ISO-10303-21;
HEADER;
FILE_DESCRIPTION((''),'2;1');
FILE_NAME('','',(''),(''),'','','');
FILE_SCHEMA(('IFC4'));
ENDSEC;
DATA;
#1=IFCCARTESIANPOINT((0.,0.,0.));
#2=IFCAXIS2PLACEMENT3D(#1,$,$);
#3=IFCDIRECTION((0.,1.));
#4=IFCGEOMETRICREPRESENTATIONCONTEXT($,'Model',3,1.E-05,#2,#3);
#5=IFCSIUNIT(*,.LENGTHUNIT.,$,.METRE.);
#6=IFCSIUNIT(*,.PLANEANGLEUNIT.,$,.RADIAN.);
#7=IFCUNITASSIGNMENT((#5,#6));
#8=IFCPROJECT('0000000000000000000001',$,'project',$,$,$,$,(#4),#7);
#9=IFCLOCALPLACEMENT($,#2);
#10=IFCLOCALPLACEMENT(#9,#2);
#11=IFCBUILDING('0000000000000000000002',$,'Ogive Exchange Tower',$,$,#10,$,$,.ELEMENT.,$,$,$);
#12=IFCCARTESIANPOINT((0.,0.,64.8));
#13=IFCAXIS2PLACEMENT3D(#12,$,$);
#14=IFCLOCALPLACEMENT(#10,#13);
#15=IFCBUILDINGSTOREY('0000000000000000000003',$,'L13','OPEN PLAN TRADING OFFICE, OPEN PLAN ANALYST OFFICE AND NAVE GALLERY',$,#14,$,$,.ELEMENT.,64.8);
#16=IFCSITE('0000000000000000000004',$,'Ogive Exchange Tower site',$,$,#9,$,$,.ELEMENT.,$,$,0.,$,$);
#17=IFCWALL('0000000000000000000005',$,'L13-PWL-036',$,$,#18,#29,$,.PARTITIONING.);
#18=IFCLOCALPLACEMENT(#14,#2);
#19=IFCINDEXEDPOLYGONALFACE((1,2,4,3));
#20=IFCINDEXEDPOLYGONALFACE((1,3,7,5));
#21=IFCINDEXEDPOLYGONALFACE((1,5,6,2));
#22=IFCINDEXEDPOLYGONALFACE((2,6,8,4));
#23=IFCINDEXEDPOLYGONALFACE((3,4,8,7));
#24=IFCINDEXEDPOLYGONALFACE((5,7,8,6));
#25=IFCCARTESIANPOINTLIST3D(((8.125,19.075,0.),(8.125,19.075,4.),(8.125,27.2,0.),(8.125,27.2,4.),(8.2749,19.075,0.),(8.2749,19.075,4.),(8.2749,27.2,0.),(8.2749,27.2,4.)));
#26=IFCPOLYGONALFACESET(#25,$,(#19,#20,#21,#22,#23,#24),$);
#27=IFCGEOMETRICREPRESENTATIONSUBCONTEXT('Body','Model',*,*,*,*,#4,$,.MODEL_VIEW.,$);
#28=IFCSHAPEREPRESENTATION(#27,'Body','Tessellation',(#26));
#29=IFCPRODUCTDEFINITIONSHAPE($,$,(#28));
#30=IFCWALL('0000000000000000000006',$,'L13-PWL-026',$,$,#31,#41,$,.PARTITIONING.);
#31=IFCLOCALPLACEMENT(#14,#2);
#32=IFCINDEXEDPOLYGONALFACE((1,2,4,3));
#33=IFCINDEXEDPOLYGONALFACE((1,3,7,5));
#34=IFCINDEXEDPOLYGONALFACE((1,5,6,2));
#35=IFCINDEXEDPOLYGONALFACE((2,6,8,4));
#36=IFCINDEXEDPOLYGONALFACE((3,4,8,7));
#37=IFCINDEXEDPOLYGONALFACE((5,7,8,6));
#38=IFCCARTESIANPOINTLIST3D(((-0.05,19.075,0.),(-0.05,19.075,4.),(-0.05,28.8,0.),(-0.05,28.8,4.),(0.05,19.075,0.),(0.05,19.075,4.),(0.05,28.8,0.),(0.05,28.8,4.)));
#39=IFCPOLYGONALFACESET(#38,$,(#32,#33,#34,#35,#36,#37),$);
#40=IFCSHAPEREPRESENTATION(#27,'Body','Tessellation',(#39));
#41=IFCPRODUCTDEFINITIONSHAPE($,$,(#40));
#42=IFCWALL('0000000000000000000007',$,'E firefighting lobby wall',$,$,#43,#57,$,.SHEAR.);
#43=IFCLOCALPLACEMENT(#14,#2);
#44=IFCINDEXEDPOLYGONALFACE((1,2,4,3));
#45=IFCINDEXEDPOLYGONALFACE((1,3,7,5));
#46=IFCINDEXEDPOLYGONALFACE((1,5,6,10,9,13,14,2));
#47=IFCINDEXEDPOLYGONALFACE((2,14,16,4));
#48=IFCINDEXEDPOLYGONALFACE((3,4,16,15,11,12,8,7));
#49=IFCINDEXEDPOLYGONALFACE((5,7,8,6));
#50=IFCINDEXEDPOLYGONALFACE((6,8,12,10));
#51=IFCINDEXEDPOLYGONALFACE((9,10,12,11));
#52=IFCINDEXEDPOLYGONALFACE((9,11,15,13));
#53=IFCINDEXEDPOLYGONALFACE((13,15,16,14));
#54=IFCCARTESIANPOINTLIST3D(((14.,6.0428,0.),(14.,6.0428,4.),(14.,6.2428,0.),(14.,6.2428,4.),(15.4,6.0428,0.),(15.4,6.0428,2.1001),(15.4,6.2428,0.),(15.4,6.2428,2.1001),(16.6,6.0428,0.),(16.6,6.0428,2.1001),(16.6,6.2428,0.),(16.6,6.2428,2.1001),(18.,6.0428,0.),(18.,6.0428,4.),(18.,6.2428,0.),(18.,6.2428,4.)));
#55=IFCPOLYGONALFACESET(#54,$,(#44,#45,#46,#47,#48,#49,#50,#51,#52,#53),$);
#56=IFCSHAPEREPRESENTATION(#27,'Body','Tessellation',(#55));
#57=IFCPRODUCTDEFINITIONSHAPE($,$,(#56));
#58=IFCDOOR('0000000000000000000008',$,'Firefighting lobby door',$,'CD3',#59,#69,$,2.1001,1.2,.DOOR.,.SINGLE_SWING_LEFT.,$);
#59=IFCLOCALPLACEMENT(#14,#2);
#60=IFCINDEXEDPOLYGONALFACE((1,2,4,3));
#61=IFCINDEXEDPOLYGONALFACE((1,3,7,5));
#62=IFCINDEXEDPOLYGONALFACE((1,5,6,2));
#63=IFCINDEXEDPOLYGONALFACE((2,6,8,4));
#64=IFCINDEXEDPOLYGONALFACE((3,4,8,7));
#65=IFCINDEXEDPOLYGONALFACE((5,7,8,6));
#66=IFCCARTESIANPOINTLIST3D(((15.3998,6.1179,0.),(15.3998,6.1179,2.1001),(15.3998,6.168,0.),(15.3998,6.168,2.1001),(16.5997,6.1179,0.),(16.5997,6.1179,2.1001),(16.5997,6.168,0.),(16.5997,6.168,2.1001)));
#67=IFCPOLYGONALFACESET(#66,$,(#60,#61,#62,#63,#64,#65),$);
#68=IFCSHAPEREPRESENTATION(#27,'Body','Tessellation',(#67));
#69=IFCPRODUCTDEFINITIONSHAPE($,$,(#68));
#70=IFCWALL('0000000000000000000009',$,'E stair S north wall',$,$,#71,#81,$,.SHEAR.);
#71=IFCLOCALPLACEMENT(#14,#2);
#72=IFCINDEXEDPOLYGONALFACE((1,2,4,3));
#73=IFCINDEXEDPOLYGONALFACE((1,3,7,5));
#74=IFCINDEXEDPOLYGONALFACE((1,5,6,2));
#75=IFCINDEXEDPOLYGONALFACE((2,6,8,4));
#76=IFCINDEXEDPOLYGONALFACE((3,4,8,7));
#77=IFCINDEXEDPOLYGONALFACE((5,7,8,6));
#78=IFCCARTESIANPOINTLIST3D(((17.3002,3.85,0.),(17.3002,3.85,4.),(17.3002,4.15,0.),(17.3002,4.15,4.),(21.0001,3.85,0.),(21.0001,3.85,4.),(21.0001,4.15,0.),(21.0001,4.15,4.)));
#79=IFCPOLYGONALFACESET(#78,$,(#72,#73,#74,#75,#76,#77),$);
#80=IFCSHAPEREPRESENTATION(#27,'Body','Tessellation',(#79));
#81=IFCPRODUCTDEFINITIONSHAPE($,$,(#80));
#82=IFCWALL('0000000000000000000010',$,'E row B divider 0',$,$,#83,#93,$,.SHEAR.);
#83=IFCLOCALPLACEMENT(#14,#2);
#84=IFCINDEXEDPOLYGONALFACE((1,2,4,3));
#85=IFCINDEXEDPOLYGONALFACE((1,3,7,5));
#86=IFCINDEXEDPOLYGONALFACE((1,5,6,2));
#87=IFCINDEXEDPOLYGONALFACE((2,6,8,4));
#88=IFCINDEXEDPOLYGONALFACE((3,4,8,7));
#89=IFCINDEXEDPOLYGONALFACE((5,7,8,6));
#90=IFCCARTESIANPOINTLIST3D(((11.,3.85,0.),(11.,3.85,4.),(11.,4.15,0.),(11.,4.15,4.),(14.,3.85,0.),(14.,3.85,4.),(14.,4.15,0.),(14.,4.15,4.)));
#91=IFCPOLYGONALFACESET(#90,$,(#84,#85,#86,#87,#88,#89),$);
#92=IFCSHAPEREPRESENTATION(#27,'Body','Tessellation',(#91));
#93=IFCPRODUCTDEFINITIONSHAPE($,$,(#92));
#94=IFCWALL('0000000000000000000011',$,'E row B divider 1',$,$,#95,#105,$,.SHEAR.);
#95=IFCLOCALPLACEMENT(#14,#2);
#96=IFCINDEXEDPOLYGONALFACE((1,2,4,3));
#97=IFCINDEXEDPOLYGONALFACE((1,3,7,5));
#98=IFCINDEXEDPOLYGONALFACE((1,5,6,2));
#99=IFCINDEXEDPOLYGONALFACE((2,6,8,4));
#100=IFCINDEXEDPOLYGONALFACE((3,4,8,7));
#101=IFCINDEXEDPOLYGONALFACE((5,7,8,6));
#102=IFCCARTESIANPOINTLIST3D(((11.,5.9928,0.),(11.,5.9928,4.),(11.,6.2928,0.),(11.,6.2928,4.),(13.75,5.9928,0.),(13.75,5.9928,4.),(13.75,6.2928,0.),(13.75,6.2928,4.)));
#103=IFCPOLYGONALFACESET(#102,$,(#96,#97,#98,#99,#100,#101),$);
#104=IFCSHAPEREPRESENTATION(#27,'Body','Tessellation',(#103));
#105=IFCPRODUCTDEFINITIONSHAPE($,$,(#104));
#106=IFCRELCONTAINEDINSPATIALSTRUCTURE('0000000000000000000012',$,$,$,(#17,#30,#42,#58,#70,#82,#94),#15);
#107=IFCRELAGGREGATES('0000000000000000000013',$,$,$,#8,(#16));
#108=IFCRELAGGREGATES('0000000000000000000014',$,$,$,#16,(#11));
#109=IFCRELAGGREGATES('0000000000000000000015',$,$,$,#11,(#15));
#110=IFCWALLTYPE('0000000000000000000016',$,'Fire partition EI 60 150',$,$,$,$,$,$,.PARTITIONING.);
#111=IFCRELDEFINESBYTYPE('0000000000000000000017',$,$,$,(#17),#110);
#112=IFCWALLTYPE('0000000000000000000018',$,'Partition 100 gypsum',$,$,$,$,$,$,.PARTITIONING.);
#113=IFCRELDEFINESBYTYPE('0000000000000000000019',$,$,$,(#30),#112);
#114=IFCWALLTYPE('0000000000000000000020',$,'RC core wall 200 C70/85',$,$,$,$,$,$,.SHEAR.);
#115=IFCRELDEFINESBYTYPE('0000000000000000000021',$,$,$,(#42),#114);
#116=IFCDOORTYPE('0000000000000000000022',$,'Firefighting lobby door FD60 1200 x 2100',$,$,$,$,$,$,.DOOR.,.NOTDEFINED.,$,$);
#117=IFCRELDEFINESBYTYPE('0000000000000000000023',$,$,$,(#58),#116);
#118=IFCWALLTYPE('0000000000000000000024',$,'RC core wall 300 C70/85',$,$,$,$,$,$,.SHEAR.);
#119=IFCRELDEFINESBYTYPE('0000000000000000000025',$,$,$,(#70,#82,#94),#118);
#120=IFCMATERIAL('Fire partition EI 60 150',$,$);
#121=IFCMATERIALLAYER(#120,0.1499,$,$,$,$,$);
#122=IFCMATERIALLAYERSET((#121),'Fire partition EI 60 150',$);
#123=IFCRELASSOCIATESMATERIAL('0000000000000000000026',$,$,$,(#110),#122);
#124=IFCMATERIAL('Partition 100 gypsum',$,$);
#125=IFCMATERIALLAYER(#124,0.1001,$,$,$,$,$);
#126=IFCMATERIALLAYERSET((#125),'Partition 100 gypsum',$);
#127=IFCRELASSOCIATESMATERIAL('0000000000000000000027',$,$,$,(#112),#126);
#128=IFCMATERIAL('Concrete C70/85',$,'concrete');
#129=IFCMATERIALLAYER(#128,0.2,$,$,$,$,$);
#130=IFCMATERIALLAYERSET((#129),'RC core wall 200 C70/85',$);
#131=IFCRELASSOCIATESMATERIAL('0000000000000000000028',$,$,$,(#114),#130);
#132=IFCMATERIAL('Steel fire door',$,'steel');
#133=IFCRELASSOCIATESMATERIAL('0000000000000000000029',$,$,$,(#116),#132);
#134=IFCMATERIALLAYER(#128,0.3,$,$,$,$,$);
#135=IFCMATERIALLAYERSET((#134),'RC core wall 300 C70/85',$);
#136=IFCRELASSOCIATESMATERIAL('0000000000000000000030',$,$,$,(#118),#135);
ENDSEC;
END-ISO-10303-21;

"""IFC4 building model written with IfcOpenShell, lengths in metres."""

from ifc_helpers import new_model, si_unit, direction, frame, frame_2d, origin, place, context, subcontext, project, spatial, rectangle, extrude, material, layer, layer_set, type_object, element, fill, save


model = new_model("IFC4")

# Units and contexts
model_context = context("Model", 3, precision=1e-05, world=origin(), true_north=direction((0.0, 1.0)))
body_context = subcontext(model_context, "Body", "Model", "MODEL_VIEW")
ifc_project = project(units=[si_unit("LENGTHUNIT", "METRE"), si_unit("PLANEANGLEUNIT", "RADIAN")], contexts=[model_context])

# Site, building, storey
site_placement = place(None, origin())
site = spatial("IfcSite", under=ifc_project, at=site_placement, Name="Ogive Exchange Tower site", CompositionType="ELEMENT", RefElevation=0.0)
building_placement = place(site_placement, origin())
building = spatial("IfcBuilding", under=site, at=building_placement, Name="Ogive Exchange Tower", CompositionType="ELEMENT")
storey_placement = place(building_placement, frame((0.0, 0.0, 64.8)))
storey = spatial("IfcBuildingStorey", under=building, at=storey_placement, Name="L13", Description="OPEN PLAN TRADING OFFICE, OPEN PLAN ANALYST OFFICE AND NAVE GALLERY", CompositionType="ELEMENT", Elevation=64.8)

# Shared definitions
ifc_material_1 = material(Name="Fire partition EI 60 150")
ifc_layer_1 = layer(ifc_material_1, 0.1499)
ifc_layer_set_1 = layer_set([ifc_layer_1], Name="Fire partition EI 60 150")
wall_type_1 = type_object("IfcWallType", Name="Fire partition EI 60 150", PredefinedType="PARTITIONING", material=ifc_layer_set_1)

# Walls
wall_1_placement = place(storey_placement, frame((8.2, 19.075, 0.0), z_axis=(0.0, 0.0, 1.0), x_axis=(0.0, 1.0, 0.0)))
element("IfcWall", 1, at=wall_1_placement, inside=storey, type_object=wall_type_1, Name="L13-PWL-036", PredefinedType="PARTITIONING", context=body_context, shape_type="SweptSolid", body=[
    extrude(rectangle(XDim=8.125, YDim=0.1499, at=frame_2d((4.0625, 0.0))), origin(), (0.0, 0.0, 1.0), 4.0),
])
ifc_material_2 = material(Name="Partition 100 gypsum")
ifc_layer_2 = layer(ifc_material_2, 0.1001)
ifc_layer_set_2 = layer_set([ifc_layer_2], Name="Partition 100 gypsum")
wall_type_2 = type_object("IfcWallType", Name="Partition 100 gypsum", PredefinedType="PARTITIONING", material=ifc_layer_set_2)
wall_2_placement = place(storey_placement, frame((0.0, 19.075, 0.0), z_axis=(0.0, 0.0, 1.0), x_axis=(0.0, 1.0, 0.0)))
element("IfcWall", 2, at=wall_2_placement, inside=storey, type_object=wall_type_2, Name="L13-PWL-026", PredefinedType="PARTITIONING", context=body_context, shape_type="SweptSolid", body=[
    extrude(rectangle(XDim=9.7251, YDim=0.1001, at=frame_2d((4.8625, 0.0))), origin(), (0.0, 0.0, 1.0), 4.0),
])

# Wall, opening, door
ifc_material_3 = material(Name="Concrete C70/85", Category="concrete")
ifc_layer_3 = layer(ifc_material_3, 0.2)
ifc_layer_set_3 = layer_set([ifc_layer_3], Name="RC core wall 200 C70/85")
wall_type_3 = type_object("IfcWallType", Name="RC core wall 200 C70/85", PredefinedType="SHEAR", material=ifc_layer_set_3)
wall_3_placement = place(storey_placement, frame((14.0, 6.1428, 0.0), z_axis=(0.0, 0.0, 1.0), x_axis=(1.0, 0.0, 0.0)))
wall_3 = element("IfcWall", 3, at=wall_3_placement, inside=storey, type_object=wall_type_3, Name="E firefighting lobby wall", PredefinedType="SHEAR", context=body_context, shape_type="SweptSolid", body=[
    extrude(rectangle(XDim=4.0, YDim=0.2, at=frame_2d((2.0, 0.0))), origin(), (0.0, 0.0, 1.0), 4.0),
])
opening_1_placement = place(wall_3_placement, frame((1.3999, 0.0, 0.0)))
opening_1 = element("IfcOpeningElement", 4, at=opening_1_placement, cuts=wall_3, PredefinedType="OPENING", context=body_context, shape_type="SweptSolid", body=[
    extrude(rectangle(XDim=1.2, YDim=2.1001, at=frame_2d((0.6001, 1.05))), frame((0.0, 0.1099, 0.0), z_axis=(0.0, -1.0, 0.0), x_axis=(1.0, 0.0, 0.0)), (0.0, 0.0, 1.0), 0.22),
])
ifc_material_4 = material(Name="Steel fire door", Category="steel")
door_type_1 = type_object("IfcDoorType", Name="Firefighting lobby door FD60 1200 x 2100", OperationType="NOTDEFINED", PredefinedType="DOOR", material=ifc_material_4)
door_1_placement = place(opening_1_placement, frame((1.2, 0.0, 0.0), z_axis=(0.0, 0.0, 1.0), x_axis=(-1.0, 0.0, 0.0)))
door_1 = element("IfcDoor", 5, at=door_1_placement, inside=storey, type_object=door_type_1, Name="Firefighting lobby door", ObjectType="CD3", OperationType="SINGLE_SWING_LEFT", OverallHeight=2.1001, OverallWidth=1.2, PredefinedType="DOOR", context=body_context, shape_type="SweptSolid", body=[
    extrude(rectangle(XDim=1.2, YDim=2.1001, at=frame_2d((0.6001, 1.05))), frame((0.0, 0.0249, 0.0), z_axis=(0.0, -1.0, 0.0), x_axis=(1.0, 0.0, 0.0)), (0.0, 0.0, 1.0), 0.05),
])
fill(opening_1, door_1)

# Walls
ifc_layer_4 = layer(ifc_material_3, 0.3)
ifc_layer_set_4 = layer_set([ifc_layer_4], Name="RC core wall 300 C70/85")
wall_type_4 = type_object("IfcWallType", Name="RC core wall 300 C70/85", PredefinedType="SHEAR", material=ifc_layer_set_4)
wall_4_placement = place(storey_placement, frame((17.3, 4.0, 0.0), z_axis=(0.0, 0.0, 1.0), x_axis=(1.0, 0.0, 0.0)))
element("IfcWall", 6, at=wall_4_placement, inside=storey, type_object=wall_type_4, Name="E stair S north wall", PredefinedType="SHEAR", context=body_context, shape_type="SweptSolid", body=[
    extrude(rectangle(XDim=3.7, YDim=0.3, at=frame_2d((1.8501, 0.0))), origin(), (0.0, 0.0, 1.0), 4.0),
])
wall_5_placement = place(storey_placement, frame((11.0, 4.0, 0.0), z_axis=(0.0, 0.0, 1.0), x_axis=(1.0, 0.0, 0.0)))
element("IfcWall", 7, at=wall_5_placement, inside=storey, type_object=wall_type_4, Name="E row B divider 0", PredefinedType="SHEAR", context=body_context, shape_type="SweptSolid", body=[
    extrude(rectangle(XDim=3.0, YDim=0.3, at=frame_2d((1.5, 0.0))), origin(), (0.0, 0.0, 1.0), 4.0),
])
wall_6_placement = place(storey_placement, frame((11.0, 6.1428, 0.0), z_axis=(0.0, 0.0, 1.0), x_axis=(1.0, 0.0, 0.0)))
element("IfcWall", 8, at=wall_6_placement, inside=storey, type_object=wall_type_4, Name="E row B divider 1", PredefinedType="SHEAR", context=body_context, shape_type="SweptSolid", body=[
    extrude(rectangle(XDim=2.75, YDim=0.3, at=frame_2d((1.375, 0.0))), origin(), (0.0, 0.0, 1.0), 4.0),
])

save(model, "model.ifc")
